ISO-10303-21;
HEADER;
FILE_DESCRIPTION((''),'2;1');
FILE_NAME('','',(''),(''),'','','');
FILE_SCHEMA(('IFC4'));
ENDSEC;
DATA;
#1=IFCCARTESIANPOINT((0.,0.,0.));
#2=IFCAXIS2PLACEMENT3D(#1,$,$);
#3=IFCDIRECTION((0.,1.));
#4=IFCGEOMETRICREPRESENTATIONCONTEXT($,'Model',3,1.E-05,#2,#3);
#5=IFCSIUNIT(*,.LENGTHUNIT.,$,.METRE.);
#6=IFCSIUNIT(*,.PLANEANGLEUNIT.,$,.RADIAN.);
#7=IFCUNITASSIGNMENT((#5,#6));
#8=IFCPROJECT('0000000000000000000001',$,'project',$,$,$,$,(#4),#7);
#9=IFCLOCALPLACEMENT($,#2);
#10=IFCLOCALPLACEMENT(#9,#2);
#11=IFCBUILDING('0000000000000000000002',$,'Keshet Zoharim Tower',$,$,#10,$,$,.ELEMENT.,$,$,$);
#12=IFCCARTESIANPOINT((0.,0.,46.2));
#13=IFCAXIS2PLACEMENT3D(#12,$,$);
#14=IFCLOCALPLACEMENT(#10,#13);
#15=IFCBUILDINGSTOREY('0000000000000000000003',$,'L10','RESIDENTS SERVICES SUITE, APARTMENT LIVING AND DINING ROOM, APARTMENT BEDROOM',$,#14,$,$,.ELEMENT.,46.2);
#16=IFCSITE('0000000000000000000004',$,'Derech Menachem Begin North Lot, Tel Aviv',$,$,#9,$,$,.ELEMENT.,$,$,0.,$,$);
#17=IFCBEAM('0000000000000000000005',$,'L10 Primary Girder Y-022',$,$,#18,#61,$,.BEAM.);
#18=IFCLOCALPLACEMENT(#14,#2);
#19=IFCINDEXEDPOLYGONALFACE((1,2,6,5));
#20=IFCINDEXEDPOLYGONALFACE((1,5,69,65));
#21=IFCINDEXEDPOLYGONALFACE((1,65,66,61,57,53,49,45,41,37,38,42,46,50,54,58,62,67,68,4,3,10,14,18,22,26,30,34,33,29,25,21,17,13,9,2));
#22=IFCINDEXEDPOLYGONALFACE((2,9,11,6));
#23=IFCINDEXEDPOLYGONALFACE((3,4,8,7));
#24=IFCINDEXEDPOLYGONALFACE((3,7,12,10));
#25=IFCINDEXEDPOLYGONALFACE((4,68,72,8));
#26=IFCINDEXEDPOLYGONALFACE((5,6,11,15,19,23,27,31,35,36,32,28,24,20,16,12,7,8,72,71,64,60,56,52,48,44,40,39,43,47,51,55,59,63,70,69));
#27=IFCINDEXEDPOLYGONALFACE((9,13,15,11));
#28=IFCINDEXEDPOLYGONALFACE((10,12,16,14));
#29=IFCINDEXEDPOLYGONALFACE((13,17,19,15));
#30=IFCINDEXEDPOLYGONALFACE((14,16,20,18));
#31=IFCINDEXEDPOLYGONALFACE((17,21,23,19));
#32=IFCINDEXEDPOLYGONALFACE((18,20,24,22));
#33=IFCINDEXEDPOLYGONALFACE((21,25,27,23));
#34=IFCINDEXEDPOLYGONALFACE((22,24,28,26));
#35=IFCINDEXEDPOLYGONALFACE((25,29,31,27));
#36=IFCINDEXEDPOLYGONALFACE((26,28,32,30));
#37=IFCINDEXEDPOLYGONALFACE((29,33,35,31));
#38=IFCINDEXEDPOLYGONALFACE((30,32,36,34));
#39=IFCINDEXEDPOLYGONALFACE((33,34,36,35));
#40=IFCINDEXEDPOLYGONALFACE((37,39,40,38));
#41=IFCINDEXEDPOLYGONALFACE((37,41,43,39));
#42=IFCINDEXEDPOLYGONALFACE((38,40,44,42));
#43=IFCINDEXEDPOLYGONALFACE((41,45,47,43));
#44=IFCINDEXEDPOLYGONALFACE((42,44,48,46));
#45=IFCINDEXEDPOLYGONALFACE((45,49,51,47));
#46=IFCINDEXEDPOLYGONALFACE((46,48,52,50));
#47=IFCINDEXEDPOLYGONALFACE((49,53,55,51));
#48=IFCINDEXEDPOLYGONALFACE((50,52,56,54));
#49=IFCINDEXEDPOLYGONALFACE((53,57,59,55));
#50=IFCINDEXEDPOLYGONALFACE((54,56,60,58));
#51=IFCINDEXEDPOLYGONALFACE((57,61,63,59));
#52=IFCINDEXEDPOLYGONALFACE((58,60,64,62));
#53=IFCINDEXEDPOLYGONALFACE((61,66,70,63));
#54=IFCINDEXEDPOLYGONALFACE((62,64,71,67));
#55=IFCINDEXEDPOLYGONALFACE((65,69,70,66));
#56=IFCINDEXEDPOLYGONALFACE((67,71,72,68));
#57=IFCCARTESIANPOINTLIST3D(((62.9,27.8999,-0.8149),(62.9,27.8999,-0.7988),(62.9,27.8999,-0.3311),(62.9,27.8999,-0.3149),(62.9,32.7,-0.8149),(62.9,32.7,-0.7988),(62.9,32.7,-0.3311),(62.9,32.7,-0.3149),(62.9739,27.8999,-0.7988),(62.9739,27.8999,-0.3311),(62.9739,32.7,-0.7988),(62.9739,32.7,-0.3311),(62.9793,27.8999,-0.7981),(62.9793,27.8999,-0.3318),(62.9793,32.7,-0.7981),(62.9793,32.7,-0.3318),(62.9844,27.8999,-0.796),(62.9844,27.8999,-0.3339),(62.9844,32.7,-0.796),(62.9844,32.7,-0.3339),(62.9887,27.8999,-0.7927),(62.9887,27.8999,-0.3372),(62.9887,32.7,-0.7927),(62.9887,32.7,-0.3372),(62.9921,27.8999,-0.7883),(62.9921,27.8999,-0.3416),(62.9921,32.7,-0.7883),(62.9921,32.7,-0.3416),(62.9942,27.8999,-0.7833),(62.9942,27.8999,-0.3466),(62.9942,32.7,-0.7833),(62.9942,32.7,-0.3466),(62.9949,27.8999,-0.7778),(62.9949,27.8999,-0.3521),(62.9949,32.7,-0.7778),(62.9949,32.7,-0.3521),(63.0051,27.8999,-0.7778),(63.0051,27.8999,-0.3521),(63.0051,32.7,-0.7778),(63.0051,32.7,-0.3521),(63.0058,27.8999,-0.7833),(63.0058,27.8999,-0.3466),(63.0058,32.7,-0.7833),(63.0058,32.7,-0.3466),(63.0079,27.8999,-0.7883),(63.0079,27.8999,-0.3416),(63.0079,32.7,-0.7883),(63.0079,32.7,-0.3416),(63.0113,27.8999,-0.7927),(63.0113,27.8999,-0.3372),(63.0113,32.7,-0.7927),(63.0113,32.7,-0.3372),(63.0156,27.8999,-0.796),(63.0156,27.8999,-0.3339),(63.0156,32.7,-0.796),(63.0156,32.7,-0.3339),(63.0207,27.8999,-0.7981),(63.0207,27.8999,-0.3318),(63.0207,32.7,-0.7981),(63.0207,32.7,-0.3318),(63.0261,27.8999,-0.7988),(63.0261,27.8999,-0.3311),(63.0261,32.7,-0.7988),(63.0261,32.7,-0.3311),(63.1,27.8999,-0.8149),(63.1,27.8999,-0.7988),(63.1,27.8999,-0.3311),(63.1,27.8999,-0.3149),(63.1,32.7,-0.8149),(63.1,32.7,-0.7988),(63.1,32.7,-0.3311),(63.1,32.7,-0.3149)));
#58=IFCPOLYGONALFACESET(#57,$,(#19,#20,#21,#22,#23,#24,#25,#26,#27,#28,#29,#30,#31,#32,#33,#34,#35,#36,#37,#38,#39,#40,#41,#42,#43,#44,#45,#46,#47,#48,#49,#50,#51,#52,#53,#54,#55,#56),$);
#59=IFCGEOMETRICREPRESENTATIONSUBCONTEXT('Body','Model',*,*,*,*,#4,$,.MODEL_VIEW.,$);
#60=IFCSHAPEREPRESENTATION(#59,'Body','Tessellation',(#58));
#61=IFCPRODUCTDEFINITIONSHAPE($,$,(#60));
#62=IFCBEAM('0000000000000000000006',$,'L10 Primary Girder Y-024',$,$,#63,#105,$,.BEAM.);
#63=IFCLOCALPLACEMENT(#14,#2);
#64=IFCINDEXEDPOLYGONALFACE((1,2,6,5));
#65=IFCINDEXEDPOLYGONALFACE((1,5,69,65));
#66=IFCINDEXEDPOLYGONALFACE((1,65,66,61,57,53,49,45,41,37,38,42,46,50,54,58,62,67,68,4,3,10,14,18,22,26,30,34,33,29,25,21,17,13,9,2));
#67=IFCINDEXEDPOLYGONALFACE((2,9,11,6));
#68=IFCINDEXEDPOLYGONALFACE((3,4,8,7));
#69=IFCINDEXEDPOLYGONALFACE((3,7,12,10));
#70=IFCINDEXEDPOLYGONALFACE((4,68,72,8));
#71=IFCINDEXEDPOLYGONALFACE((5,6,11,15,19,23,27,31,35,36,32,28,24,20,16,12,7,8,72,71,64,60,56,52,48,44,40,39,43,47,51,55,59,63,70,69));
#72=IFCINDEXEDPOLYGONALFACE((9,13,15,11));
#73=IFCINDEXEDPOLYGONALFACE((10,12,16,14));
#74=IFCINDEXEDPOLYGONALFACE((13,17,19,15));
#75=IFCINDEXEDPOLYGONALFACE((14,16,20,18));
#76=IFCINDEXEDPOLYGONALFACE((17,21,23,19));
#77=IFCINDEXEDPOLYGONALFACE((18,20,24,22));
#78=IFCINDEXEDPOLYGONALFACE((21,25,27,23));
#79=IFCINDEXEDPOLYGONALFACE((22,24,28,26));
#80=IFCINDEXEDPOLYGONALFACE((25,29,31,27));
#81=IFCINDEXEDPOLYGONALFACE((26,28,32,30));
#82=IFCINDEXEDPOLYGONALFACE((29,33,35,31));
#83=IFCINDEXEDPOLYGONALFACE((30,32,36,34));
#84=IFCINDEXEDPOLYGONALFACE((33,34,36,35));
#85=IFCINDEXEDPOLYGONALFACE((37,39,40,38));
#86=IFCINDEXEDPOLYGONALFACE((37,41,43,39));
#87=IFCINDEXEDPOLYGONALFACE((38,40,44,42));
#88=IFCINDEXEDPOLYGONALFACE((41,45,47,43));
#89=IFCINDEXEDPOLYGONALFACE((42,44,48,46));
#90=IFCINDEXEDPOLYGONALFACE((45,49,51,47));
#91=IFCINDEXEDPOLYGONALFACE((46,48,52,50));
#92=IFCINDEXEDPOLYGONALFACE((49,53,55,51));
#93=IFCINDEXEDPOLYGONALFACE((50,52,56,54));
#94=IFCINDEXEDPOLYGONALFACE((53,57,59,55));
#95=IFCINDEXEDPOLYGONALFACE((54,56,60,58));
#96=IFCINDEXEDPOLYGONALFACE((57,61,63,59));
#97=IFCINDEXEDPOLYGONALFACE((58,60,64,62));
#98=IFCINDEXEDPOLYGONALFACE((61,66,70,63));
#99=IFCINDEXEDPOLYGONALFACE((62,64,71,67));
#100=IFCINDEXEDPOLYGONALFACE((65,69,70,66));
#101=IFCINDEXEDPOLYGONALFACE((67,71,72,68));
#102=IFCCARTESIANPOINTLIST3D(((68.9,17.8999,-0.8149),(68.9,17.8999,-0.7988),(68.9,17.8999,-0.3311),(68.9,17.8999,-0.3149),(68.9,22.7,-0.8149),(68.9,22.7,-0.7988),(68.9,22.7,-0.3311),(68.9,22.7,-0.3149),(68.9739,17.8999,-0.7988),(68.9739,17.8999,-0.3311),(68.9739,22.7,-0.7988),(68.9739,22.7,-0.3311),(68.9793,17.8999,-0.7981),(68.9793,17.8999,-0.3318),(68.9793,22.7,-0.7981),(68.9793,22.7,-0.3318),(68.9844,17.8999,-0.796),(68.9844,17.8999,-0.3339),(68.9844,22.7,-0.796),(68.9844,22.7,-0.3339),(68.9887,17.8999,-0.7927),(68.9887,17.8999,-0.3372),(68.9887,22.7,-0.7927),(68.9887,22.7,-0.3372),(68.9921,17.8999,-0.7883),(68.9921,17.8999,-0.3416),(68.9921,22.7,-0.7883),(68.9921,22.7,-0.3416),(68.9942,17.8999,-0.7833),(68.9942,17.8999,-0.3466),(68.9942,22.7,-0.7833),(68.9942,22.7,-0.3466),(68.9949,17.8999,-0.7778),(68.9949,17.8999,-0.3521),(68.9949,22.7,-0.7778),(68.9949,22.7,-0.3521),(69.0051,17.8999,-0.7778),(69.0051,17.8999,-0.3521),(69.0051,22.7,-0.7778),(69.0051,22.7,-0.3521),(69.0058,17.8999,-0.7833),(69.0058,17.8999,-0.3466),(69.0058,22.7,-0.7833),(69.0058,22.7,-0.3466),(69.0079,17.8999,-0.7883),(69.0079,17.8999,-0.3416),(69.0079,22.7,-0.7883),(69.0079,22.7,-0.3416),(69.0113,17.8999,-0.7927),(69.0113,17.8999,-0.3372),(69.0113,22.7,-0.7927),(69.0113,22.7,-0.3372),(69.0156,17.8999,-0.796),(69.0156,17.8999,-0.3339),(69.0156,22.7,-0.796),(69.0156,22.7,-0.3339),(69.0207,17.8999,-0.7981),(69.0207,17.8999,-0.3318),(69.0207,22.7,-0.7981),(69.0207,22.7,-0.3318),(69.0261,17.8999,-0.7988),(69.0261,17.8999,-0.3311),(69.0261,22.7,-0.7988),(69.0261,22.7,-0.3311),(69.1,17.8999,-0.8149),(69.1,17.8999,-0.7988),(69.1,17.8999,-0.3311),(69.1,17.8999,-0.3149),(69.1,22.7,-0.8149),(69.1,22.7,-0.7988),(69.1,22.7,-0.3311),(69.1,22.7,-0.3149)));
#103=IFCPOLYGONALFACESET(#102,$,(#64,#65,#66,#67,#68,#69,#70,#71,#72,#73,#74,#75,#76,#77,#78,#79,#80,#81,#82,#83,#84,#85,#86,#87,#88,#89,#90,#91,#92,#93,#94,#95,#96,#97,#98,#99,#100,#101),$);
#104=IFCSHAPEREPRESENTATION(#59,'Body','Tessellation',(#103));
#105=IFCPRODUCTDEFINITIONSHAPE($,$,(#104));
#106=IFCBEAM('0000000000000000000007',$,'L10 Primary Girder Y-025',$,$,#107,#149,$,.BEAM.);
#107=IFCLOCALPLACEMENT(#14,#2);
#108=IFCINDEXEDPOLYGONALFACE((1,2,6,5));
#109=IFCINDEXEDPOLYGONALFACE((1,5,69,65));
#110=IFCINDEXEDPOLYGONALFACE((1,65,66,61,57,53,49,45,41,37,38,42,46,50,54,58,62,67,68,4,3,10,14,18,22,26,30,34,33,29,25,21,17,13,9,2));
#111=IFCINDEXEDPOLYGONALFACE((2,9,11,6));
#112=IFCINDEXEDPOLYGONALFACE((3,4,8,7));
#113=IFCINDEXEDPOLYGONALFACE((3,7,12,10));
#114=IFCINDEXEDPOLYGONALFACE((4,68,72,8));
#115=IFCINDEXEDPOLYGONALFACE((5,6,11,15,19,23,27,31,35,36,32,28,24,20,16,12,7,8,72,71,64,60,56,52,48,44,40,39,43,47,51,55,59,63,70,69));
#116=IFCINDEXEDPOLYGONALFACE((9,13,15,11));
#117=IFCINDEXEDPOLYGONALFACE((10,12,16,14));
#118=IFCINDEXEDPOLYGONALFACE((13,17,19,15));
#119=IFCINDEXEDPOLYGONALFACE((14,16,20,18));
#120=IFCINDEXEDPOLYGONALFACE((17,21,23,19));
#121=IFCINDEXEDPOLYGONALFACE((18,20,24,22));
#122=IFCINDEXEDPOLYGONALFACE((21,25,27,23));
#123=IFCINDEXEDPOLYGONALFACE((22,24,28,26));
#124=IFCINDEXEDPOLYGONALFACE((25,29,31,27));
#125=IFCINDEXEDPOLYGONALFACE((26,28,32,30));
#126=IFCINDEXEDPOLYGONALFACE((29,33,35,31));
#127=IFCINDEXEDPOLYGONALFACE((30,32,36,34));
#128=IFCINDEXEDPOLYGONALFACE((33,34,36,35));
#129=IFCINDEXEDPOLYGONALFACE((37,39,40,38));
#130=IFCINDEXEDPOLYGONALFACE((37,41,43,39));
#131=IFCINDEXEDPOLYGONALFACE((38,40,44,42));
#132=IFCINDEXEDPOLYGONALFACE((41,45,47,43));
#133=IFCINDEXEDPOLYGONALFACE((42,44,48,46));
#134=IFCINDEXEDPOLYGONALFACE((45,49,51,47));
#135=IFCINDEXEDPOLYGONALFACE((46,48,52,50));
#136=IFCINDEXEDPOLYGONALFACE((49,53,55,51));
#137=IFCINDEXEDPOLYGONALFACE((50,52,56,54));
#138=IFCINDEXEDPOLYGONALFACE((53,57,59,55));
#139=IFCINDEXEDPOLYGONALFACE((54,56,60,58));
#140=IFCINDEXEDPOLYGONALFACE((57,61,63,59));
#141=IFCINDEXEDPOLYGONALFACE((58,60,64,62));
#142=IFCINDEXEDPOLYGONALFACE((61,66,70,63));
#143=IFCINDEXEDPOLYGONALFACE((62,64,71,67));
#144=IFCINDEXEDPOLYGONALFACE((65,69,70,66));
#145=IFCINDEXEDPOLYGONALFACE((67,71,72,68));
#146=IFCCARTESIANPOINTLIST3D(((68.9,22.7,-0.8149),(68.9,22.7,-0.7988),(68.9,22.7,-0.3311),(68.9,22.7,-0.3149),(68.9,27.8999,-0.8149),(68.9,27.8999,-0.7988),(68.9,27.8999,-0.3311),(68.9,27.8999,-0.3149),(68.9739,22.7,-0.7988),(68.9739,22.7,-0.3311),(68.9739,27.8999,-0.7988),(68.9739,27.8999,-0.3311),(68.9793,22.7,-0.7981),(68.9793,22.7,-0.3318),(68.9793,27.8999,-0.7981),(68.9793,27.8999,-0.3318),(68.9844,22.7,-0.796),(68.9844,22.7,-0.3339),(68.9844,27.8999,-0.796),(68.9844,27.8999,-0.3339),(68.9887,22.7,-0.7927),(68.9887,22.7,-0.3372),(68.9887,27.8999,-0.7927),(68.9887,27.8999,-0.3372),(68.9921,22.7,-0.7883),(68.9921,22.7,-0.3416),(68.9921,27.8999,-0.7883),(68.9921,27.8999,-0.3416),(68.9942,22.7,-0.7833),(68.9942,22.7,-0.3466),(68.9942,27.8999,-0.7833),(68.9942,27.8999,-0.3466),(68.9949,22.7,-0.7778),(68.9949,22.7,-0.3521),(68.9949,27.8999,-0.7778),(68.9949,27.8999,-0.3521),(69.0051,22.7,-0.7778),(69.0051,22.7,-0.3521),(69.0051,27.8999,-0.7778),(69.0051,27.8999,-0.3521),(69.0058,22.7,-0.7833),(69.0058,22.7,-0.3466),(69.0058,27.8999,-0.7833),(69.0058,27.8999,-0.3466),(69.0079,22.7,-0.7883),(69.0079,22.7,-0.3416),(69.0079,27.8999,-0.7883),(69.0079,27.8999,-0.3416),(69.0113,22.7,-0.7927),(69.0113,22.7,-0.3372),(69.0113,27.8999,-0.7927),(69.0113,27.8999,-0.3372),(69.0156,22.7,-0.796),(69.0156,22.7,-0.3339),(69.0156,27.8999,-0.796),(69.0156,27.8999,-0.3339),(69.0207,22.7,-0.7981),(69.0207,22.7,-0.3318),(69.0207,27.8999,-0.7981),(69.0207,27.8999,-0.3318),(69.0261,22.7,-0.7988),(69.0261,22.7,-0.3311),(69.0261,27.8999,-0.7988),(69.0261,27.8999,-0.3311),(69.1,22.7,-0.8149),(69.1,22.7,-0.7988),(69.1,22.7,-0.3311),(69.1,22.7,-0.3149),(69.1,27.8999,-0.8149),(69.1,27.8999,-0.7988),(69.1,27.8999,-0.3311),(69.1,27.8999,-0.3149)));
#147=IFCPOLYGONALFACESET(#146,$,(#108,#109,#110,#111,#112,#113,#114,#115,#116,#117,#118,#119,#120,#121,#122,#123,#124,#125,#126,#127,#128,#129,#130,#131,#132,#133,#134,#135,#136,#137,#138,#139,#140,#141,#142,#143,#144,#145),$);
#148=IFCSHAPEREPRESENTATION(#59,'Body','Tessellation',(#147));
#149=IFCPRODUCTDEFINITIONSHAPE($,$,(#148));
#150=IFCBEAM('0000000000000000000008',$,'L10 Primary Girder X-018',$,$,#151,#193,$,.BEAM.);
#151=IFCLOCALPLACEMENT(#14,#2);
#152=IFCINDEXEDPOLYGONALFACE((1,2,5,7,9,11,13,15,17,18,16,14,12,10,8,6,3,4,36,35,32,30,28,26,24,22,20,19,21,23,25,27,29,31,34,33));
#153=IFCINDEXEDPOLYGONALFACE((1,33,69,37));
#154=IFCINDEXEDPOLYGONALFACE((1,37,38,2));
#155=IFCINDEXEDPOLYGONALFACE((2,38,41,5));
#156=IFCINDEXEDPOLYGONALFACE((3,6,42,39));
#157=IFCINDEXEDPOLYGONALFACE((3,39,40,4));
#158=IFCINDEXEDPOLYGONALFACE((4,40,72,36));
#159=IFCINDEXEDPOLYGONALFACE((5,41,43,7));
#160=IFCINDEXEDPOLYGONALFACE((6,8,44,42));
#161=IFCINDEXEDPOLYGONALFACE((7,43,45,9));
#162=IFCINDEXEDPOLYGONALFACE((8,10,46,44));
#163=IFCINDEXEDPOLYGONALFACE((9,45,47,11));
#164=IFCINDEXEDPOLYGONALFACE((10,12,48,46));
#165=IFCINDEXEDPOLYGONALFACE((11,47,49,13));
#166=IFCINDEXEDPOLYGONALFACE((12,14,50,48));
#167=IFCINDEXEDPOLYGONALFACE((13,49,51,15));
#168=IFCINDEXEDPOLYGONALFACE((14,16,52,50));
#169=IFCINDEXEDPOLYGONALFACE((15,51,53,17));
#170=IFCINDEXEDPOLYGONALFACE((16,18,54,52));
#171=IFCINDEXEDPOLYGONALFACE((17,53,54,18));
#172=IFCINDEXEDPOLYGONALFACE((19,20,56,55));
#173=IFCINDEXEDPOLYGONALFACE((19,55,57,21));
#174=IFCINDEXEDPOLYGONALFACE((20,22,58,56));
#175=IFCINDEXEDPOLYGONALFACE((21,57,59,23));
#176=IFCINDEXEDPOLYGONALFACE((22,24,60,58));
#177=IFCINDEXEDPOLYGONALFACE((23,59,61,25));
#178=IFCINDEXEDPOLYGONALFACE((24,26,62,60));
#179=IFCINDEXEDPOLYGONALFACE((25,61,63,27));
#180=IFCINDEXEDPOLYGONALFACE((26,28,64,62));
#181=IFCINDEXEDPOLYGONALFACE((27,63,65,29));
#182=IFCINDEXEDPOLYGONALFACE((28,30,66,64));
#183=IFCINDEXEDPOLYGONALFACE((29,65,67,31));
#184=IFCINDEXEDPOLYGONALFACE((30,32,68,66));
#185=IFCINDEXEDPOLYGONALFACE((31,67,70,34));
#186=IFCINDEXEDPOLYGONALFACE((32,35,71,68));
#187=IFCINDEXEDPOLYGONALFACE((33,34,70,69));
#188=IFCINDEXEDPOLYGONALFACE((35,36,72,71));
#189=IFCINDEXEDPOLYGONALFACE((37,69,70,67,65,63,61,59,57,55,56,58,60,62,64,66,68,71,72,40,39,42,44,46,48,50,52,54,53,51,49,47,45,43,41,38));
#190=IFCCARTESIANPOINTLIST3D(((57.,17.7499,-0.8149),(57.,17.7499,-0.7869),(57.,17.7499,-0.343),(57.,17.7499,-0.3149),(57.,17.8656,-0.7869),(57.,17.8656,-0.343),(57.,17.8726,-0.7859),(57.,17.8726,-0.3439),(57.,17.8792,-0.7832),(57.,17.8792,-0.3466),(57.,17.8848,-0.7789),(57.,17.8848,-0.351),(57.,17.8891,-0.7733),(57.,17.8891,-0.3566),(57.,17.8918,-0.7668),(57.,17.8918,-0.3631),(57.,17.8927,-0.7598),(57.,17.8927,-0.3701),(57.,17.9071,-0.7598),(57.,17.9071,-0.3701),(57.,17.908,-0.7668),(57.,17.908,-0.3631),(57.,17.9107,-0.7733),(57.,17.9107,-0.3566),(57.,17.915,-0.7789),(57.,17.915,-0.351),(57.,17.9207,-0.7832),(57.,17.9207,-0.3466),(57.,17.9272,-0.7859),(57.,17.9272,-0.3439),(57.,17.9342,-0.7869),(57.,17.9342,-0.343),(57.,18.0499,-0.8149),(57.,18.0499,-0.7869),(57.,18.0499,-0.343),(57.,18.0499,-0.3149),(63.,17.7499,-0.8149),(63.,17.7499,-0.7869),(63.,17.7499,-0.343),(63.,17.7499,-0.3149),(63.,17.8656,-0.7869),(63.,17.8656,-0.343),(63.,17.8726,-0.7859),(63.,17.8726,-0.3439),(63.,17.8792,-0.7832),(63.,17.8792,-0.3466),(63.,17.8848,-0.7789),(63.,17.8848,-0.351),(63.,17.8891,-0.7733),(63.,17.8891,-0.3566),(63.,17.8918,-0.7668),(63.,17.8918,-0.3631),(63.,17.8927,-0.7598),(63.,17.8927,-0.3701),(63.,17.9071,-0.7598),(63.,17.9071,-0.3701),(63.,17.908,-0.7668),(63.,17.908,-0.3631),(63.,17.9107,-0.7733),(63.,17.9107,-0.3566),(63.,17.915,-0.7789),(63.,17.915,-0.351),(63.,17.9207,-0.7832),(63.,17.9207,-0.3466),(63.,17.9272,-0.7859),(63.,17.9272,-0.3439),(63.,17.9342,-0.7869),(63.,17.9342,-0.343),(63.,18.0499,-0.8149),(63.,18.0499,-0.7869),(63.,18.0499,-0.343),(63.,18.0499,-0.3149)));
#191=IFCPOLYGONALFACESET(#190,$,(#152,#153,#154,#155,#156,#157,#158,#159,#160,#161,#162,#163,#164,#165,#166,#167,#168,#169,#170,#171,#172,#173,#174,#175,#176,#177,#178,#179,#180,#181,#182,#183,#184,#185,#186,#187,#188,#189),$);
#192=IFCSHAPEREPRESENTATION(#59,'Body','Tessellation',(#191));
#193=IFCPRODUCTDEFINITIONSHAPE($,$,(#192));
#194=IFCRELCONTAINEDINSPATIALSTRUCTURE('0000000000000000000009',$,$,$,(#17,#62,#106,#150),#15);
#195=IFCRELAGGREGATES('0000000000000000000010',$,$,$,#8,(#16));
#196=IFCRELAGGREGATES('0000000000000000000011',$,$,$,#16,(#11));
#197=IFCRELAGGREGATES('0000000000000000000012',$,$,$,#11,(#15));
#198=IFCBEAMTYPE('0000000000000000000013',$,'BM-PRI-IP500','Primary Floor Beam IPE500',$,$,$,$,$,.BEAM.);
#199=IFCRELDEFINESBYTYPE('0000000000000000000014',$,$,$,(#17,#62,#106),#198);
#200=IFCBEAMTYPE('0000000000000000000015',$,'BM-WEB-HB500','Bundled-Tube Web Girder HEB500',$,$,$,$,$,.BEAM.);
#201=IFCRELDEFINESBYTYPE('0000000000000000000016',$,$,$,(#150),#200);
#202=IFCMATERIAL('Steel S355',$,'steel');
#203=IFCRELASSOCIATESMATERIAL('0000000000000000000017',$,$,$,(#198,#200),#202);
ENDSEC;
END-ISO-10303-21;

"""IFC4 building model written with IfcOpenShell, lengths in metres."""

from ifc_helpers import new_model, si_unit, direction, frame, origin, origin_2d, place, context, subcontext, project, spatial, i_section, extrude, material, material_profile, profile_set, type_object, element, save


model = new_model("IFC4")

# Units and contexts
model_context = context("Model", 3, precision=1e-05, world=origin(), true_north=direction((0.0, 1.0)))
body_context = subcontext(model_context, "Body", "Model", "MODEL_VIEW")
ifc_project = project(units=[si_unit("LENGTHUNIT", "METRE"), si_unit("PLANEANGLEUNIT", "RADIAN")], contexts=[model_context])

# Site, building, storey
site_placement = place(None, origin())
site = spatial("IfcSite", under=ifc_project, at=site_placement, Name="Derech Menachem Begin North Lot, Tel Aviv", CompositionType="ELEMENT", RefElevation=0.0)
building_placement = place(site_placement, origin())
building = spatial("IfcBuilding", under=site, at=building_placement, Name="Keshet Zoharim Tower", CompositionType="ELEMENT")
storey_placement = place(building_placement, frame((0.0, 0.0, 46.2)))
storey = spatial("IfcBuildingStorey", under=building, at=storey_placement, Name="L10", Description="RESIDENTS SERVICES SUITE, APARTMENT LIVING AND DINING ROOM, APARTMENT BEDROOM", CompositionType="ELEMENT", Elevation=46.2)

# Shared definitions
ifc_material_1 = material(Name="Steel S355", Category="steel")

# Beams
ifc_material_profile_1 = material_profile(ifc_material_1, i_section(OverallWidth=0.2, OverallDepth=0.5, WebThickness=0.0103, FlangeThickness=0.0161, FilletRadius=0.021, at=origin_2d()), Name="IPE500")
ifc_profile_set_1 = profile_set([ifc_material_profile_1], Name="Steel S355")
beam_type_1 = type_object("IfcBeamType", Name="BM-PRI-IP500", Description="Primary Floor Beam IPE500", PredefinedType="BEAM", material=ifc_profile_set_1)
for number, where, z_axis, x_axis, name in (
    (1, (63.0, 27.8999, -0.5649), (0.0, 1.0, 0.0), (-1.0, 0.0, 0.0), "L10 Primary Girder Y-022"),
    (2, (69.0, 17.8999, -0.5649), (0.0, 1.0, 0.0), (-1.0, 0.0, 0.0), "L10 Primary Girder Y-024"),
):
    element("IfcBeam", number, at=place(storey_placement, frame(where, z_axis=z_axis, x_axis=x_axis)), inside=storey, type_object=beam_type_1, Name=name, PredefinedType="BEAM", context=body_context, shape_type="SweptSolid", body=[
        extrude(i_section(OverallWidth=0.2, OverallDepth=0.5, WebThickness=0.0103, FlangeThickness=0.0161, FilletRadius=0.021, at=origin_2d()), origin(), (0.0, 0.0, 1.0), 4.8),
    ])
beam_1_placement = place(storey_placement, frame((69.0, 22.7, -0.5649), z_axis=(0.0, 1.0, 0.0), x_axis=(-1.0, 0.0, 0.0)))
element("IfcBeam", 3, at=beam_1_placement, inside=storey, type_object=beam_type_1, Name="L10 Primary Girder Y-025", PredefinedType="BEAM", context=body_context, shape_type="SweptSolid", body=[
    extrude(i_section(OverallWidth=0.2, OverallDepth=0.5, WebThickness=0.0103, FlangeThickness=0.0161, FilletRadius=0.021, at=origin_2d()), origin(), (0.0, 0.0, 1.0), 5.2),
])
ifc_material_profile_2 = material_profile(ifc_material_1, i_section(OverallWidth=0.3, OverallDepth=0.5, WebThickness=0.0144, FlangeThickness=0.0281, FilletRadius=0.0271, at=origin_2d()), Name="HEB500")
ifc_profile_set_2 = profile_set([ifc_material_profile_2], Name="Steel S355")
beam_type_2 = type_object("IfcBeamType", Name="BM-WEB-HB500", Description="Bundled-Tube Web Girder HEB500", PredefinedType="BEAM", material=ifc_profile_set_2)
for number, where, z_axis, x_axis, name in (
    (4, (57.0, 17.8999, -0.5649), (1.0, 0.0, 0.0), (0.0, 1.0, 0.0), "L10 Primary Girder X-018"),
):
    element("IfcBeam", number, at=place(storey_placement, frame(where, z_axis=z_axis, x_axis=x_axis)), inside=storey, type_object=beam_type_2, Name=name, PredefinedType="BEAM", context=body_context, shape_type="SweptSolid", body=[
        extrude(i_section(OverallWidth=0.3, OverallDepth=0.5, WebThickness=0.0144, FlangeThickness=0.0281, FilletRadius=0.0271, at=origin_2d()), origin(), (0.0, 0.0, 1.0), 6.0),
    ])

save(model, "model.ifc")
